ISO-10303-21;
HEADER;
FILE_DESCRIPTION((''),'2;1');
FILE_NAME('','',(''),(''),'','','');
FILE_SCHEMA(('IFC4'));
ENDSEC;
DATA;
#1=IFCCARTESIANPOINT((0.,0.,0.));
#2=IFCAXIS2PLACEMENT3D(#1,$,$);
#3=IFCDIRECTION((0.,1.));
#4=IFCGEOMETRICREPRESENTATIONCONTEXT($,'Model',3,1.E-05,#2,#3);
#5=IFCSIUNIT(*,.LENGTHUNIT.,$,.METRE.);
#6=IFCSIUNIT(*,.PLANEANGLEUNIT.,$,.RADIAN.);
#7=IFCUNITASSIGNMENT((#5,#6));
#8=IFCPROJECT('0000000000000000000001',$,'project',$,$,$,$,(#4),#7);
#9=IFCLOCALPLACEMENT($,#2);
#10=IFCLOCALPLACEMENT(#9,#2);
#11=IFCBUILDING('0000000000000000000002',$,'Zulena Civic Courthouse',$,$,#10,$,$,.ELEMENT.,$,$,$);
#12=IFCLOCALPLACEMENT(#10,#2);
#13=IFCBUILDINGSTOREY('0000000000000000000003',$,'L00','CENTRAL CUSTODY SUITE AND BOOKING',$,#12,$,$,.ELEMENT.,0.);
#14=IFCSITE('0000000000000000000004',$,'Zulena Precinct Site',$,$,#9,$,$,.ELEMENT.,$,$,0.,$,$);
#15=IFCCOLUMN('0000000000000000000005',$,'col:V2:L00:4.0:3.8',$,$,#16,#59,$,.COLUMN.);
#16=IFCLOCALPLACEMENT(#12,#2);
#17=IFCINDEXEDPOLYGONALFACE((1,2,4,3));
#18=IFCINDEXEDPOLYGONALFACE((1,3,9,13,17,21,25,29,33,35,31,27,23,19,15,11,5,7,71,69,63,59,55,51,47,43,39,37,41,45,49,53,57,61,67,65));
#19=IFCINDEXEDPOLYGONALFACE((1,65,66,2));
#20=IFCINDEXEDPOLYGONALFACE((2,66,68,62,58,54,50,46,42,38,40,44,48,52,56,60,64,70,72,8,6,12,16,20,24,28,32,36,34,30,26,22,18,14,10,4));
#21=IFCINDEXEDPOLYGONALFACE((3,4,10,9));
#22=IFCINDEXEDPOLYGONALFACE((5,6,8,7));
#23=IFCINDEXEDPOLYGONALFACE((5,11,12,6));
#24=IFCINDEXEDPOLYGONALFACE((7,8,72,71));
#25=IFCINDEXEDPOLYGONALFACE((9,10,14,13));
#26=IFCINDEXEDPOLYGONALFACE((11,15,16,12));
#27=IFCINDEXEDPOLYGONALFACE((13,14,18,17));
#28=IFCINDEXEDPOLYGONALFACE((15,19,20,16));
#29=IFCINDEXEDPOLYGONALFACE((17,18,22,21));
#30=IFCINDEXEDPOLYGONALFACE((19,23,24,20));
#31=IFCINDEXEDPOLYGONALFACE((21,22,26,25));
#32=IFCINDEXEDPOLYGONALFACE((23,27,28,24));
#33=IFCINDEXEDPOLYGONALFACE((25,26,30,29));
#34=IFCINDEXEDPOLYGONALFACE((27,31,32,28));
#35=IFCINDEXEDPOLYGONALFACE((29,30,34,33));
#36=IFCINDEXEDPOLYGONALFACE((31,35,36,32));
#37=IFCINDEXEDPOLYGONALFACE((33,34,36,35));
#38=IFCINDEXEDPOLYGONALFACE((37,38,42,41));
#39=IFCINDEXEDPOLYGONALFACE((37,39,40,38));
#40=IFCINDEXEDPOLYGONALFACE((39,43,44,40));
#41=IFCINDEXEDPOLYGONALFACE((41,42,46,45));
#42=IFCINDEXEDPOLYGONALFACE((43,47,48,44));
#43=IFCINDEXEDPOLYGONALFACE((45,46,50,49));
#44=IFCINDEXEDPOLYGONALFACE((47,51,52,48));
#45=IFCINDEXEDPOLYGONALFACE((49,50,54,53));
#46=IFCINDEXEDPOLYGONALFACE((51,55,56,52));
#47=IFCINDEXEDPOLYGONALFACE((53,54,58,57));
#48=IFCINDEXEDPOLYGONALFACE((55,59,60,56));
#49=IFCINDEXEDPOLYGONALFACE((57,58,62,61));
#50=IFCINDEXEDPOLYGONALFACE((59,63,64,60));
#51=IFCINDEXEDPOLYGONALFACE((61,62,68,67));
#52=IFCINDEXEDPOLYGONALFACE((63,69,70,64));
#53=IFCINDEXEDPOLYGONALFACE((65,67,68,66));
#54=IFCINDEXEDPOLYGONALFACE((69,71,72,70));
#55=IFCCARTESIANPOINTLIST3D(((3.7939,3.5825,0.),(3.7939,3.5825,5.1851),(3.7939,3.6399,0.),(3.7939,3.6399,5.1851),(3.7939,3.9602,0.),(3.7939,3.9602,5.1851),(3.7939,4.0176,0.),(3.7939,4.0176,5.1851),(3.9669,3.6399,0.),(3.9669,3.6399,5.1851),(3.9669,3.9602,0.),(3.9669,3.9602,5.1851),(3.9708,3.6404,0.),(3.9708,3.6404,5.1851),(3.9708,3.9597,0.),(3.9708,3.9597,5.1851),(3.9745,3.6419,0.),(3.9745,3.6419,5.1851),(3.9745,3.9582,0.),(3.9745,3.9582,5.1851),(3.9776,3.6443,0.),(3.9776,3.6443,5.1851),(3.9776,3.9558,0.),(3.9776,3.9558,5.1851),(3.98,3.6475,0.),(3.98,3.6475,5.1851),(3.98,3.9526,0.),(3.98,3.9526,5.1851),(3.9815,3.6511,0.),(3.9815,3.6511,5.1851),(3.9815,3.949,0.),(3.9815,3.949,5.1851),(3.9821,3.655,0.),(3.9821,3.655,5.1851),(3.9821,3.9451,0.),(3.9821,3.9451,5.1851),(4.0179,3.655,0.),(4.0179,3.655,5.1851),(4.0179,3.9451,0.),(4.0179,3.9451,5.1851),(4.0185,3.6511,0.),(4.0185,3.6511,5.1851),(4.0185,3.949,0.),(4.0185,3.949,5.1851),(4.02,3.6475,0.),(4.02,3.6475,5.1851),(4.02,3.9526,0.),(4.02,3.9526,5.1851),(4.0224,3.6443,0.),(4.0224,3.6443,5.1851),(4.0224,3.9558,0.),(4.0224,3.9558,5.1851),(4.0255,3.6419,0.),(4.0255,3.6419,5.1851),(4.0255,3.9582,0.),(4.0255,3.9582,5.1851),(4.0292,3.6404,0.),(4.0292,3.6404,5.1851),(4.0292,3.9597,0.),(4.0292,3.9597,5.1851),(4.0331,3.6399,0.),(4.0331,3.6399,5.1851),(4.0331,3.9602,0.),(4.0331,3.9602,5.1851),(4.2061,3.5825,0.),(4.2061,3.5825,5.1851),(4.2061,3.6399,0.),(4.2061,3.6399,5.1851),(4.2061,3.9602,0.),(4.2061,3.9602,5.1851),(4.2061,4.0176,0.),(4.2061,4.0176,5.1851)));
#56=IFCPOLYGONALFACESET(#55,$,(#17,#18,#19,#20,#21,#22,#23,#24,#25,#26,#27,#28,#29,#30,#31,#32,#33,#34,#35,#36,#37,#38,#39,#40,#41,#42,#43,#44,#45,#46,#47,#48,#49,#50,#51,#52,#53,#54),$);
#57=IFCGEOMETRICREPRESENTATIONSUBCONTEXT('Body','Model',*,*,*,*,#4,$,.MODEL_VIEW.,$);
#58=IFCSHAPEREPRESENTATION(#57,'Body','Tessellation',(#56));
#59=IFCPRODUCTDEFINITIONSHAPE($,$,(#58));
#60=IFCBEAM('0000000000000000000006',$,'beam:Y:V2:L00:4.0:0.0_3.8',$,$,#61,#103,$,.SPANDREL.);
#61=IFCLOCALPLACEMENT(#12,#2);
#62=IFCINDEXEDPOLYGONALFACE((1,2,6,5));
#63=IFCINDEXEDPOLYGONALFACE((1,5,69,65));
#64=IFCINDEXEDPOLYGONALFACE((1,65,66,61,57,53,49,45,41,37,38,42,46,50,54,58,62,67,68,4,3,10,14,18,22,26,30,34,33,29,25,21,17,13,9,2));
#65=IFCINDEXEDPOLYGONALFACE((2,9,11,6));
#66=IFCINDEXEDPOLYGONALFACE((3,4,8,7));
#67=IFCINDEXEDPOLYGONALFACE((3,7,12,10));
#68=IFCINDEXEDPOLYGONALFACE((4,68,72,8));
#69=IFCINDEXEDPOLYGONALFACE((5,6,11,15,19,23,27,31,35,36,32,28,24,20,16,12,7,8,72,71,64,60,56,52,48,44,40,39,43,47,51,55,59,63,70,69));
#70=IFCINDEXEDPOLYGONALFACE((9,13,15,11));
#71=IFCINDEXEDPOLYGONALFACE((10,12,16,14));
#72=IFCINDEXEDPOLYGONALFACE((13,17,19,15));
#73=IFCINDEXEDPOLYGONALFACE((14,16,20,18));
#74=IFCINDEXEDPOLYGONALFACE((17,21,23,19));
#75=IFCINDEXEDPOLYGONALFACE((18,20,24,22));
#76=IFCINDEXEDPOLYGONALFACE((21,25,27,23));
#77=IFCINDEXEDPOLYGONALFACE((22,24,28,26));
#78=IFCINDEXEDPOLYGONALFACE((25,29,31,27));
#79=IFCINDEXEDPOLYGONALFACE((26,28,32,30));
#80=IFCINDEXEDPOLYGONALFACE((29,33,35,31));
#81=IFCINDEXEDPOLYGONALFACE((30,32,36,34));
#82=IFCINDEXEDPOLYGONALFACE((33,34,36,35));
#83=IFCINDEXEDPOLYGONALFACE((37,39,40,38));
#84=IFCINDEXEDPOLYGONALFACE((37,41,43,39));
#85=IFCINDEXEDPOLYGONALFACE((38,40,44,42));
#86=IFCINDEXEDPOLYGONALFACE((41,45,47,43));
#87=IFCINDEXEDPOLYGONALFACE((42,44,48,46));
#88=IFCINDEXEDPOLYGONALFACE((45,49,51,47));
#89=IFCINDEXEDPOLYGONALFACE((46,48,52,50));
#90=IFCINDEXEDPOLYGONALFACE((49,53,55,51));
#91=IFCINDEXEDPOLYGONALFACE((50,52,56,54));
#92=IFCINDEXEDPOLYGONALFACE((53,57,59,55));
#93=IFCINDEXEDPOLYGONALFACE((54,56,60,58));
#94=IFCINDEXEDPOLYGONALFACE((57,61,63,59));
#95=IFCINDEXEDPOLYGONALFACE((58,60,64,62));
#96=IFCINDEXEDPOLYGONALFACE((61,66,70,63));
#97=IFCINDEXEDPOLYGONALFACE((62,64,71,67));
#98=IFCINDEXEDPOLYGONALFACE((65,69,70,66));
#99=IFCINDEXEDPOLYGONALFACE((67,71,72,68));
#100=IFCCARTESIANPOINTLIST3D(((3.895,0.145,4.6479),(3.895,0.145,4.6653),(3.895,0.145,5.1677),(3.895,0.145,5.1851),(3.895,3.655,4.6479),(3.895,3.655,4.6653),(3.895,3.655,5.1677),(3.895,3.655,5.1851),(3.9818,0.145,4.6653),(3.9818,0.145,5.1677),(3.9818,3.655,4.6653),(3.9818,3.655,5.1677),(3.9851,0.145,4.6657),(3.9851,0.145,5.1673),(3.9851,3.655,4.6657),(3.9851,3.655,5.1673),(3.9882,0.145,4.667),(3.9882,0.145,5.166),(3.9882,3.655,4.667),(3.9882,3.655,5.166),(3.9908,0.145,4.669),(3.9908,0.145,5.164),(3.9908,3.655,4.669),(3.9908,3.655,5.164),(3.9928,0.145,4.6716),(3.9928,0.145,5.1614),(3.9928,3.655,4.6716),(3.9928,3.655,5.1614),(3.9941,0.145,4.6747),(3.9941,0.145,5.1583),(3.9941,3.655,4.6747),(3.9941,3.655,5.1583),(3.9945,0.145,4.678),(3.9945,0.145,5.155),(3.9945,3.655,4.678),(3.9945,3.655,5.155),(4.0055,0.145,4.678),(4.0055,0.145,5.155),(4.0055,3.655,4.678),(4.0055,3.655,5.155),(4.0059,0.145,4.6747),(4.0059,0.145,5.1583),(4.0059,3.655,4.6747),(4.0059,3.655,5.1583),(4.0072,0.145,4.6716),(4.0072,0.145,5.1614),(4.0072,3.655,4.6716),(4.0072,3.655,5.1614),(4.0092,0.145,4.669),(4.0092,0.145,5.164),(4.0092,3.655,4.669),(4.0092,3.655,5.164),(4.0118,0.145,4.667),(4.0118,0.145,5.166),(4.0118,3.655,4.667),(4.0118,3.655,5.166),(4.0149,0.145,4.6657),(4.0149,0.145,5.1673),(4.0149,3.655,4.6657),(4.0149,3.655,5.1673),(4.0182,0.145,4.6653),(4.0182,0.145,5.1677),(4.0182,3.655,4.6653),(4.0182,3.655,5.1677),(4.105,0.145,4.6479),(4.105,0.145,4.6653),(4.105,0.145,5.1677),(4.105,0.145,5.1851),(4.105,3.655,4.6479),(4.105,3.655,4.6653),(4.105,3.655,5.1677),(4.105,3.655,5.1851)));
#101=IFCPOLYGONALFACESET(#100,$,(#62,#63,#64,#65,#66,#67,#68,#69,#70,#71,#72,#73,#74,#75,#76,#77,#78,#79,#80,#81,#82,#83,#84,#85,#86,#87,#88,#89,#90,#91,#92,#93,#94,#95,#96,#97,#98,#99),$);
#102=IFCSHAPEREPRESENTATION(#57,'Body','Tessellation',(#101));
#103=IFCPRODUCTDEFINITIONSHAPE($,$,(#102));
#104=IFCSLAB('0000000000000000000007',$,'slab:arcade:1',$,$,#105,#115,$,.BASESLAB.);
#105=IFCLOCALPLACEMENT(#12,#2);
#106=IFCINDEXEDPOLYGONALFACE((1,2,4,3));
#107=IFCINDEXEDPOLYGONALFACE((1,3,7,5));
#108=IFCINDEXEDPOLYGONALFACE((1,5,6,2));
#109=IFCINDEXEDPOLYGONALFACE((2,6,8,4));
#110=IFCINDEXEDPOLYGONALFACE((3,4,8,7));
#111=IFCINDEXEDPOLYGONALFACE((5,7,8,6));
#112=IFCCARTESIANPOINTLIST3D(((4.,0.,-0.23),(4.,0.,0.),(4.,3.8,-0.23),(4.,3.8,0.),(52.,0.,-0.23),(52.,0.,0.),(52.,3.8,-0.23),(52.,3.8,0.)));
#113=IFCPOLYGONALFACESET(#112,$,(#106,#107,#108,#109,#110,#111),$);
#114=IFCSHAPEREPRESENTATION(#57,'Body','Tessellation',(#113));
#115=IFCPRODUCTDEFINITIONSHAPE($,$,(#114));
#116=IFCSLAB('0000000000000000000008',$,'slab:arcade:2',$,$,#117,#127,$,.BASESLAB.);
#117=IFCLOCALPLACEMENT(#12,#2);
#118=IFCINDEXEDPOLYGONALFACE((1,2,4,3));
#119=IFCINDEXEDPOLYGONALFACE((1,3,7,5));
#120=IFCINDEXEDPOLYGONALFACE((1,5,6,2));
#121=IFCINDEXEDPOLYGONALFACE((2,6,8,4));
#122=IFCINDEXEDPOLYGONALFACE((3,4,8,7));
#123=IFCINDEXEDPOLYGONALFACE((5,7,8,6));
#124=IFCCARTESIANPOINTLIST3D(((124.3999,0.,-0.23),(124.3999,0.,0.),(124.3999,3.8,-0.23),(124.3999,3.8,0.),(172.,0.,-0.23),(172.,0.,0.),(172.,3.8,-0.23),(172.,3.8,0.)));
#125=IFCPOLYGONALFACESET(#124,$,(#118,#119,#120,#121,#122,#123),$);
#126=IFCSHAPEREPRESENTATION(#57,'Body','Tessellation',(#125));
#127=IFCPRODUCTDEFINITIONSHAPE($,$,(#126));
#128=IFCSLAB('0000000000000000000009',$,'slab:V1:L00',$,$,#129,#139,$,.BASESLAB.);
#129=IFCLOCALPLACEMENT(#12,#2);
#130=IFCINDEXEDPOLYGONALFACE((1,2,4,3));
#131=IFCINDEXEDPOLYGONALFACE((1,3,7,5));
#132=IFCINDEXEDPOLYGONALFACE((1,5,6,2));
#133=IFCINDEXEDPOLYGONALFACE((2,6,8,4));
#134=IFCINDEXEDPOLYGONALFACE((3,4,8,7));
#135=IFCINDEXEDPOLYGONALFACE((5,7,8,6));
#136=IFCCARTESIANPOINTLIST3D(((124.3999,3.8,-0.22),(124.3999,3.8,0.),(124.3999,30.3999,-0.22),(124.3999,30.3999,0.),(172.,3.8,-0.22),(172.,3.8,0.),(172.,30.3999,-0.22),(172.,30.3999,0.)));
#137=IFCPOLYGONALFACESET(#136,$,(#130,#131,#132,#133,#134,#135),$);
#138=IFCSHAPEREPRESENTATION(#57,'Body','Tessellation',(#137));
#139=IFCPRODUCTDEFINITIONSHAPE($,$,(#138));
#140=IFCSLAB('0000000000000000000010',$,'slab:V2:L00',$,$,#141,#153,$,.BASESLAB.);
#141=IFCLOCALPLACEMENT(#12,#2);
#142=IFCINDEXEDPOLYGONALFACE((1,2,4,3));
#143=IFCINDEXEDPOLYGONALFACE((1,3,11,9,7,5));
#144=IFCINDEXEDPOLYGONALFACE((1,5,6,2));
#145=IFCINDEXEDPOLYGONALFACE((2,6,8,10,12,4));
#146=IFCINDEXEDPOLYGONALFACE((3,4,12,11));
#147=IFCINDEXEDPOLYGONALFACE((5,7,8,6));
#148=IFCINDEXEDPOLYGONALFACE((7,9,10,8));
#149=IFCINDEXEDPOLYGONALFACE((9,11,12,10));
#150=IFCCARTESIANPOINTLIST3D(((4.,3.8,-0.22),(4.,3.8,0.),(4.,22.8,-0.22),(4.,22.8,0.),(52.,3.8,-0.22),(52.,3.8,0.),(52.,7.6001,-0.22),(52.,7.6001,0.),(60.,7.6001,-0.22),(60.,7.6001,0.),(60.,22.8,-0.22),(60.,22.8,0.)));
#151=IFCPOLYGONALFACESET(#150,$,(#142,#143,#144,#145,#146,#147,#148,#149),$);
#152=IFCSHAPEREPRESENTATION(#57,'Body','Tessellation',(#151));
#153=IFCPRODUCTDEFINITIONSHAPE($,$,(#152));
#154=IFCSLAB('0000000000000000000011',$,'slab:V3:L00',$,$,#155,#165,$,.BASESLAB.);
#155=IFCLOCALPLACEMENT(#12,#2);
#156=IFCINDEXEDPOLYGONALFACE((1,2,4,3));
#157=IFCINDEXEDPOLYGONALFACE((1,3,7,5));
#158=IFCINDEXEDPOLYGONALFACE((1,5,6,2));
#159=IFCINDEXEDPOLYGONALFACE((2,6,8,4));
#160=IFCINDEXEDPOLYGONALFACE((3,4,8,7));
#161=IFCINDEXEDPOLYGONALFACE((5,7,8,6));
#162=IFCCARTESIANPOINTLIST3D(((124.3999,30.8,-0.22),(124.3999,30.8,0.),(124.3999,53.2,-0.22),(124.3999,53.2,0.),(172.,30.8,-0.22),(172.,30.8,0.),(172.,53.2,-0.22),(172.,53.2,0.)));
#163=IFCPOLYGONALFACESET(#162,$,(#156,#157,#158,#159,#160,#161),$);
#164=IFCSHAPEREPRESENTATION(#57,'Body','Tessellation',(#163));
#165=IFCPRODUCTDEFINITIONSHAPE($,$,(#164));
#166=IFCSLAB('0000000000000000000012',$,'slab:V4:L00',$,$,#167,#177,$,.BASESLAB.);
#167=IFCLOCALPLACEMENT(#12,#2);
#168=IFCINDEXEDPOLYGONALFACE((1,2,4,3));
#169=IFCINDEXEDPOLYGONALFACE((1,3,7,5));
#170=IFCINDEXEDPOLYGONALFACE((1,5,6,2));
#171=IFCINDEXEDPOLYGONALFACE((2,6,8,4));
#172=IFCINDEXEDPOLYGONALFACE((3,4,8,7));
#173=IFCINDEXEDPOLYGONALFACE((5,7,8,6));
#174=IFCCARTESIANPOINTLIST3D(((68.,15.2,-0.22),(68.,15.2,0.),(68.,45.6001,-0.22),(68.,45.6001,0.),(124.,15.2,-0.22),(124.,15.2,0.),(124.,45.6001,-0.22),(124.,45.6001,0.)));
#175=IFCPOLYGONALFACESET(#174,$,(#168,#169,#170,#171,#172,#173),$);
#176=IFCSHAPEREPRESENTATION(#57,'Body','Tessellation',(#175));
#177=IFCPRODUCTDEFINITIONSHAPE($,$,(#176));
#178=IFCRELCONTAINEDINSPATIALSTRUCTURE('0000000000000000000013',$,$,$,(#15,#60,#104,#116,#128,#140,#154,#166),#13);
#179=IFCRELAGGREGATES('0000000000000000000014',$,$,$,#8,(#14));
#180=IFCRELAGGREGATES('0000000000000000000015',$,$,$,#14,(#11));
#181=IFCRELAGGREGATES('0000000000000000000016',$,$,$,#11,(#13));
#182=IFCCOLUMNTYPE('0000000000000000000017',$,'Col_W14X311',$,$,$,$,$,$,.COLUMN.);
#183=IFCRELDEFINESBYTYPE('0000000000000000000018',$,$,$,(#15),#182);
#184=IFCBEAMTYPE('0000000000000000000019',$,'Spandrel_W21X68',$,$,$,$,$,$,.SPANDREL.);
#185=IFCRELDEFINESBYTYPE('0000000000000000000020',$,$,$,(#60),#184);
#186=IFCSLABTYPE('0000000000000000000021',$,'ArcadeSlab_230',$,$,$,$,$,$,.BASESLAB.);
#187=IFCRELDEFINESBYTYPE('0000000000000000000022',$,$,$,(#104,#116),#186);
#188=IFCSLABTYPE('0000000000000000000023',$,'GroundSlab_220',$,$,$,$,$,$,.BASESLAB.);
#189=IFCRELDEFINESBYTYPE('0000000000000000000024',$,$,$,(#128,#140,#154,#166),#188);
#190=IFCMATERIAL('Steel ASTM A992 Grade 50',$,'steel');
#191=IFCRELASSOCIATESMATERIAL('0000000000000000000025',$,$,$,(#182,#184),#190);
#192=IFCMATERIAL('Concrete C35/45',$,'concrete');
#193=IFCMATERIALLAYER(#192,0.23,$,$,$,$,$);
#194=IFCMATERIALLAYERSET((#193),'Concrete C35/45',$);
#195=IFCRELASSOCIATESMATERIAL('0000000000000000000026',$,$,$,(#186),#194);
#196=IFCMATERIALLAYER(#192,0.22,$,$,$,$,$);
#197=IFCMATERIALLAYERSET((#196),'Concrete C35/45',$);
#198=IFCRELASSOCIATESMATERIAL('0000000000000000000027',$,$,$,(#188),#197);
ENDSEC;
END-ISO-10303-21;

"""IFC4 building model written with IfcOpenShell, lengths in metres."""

from ifc_helpers import new_model, si_unit, direction, frame, origin, origin_2d, place, context, subcontext, project, spatial, polyline, i_section, outline, extrude, material, layer, layer_set, material_profile, profile_set, type_object, element, save


model = new_model("IFC4")

# Units and contexts
model_context = context("Model", 3, precision=1e-05, world=origin(), true_north=direction((0.0, 1.0)))
body_context = subcontext(model_context, "Body", "Model", "MODEL_VIEW")
ifc_project = project(units=[si_unit("LENGTHUNIT", "METRE"), si_unit("PLANEANGLEUNIT", "RADIAN")], contexts=[model_context])

# Site, building, storey
site_placement = place(None, origin())
site = spatial("IfcSite", under=ifc_project, at=site_placement, Name="Zulena Precinct Site", CompositionType="ELEMENT", RefElevation=0.0)
building_placement = place(site_placement, origin())
building = spatial("IfcBuilding", under=site, at=building_placement, Name="Zulena Civic Courthouse", CompositionType="ELEMENT")
storey_placement = place(building_placement, origin())
storey = spatial("IfcBuildingStorey", under=building, at=storey_placement, Name="L00", Description="CENTRAL CUSTODY SUITE AND BOOKING", CompositionType="ELEMENT", Elevation=0.0)

# Shared definitions
ifc_material_1 = material(Name="Concrete C35/45", Category="concrete")

# Column
ifc_material_2 = material(Name="Steel ASTM A992 Grade 50", Category="steel")
ifc_material_profile_1 = material_profile(ifc_material_2, i_section(OverallWidth=0.4121, OverallDepth=0.4351, WebThickness=0.0359, FlangeThickness=0.0574, FilletRadius=0.0151, at=origin_2d()), Name="W14X311")
ifc_profile_set_1 = profile_set([ifc_material_profile_1], Name="Steel ASTM A992 Grade 50")
column_type_1 = type_object("IfcColumnType", Name="Col_W14X311", PredefinedType="COLUMN", material=ifc_profile_set_1)
column_1_placement = place(storey_placement, frame((4.0, 3.8, 0.0), z_axis=(0.0, 0.0, 1.0), x_axis=(1.0, 0.0, 0.0)))
element("IfcColumn", 1, at=column_1_placement, inside=storey, type_object=column_type_1, Name="col:V2:L00:4.0:3.8", PredefinedType="COLUMN", context=body_context, shape_type="SweptSolid", body=[
    extrude(i_section(OverallWidth=0.4121, OverallDepth=0.4351, WebThickness=0.0359, FlangeThickness=0.0574, FilletRadius=0.0151, at=origin_2d()), origin(), (0.0, 0.0, 1.0), 5.1851),
])

# Beam
ifc_material_profile_2 = material_profile(ifc_material_2, i_section(OverallWidth=0.21, OverallDepth=0.5371, WebThickness=0.011, FlangeThickness=0.0173, FilletRadius=0.0127, at=origin_2d()), Name="W21X68")
ifc_profile_set_2 = profile_set([ifc_material_profile_2], Name="Steel ASTM A992 Grade 50")
beam_type = type_object("IfcBeamType", Name="Spandrel_W21X68", PredefinedType="SPANDREL", material=ifc_profile_set_2)
beam_placement = place(storey_placement, frame((4.0, 0.145, 4.9165), z_axis=(0.0, 1.0, 0.0), x_axis=(-1.0, 0.0, 0.0)))
element("IfcBeam", 2, at=beam_placement, inside=storey, type_object=beam_type, Name="beam:Y:V2:L00:4.0:0.0_3.8", PredefinedType="SPANDREL", context=body_context, shape_type="SweptSolid", body=[
    extrude(i_section(OverallWidth=0.21, OverallDepth=0.5371, WebThickness=0.011, FlangeThickness=0.0173, FilletRadius=0.0127, at=origin_2d()), origin(), (0.0, 0.0, 1.0), 3.51),
])

# Slabs
ifc_layer_1 = layer(ifc_material_1, 0.23)
ifc_layer_set_1 = layer_set([ifc_layer_1], Name="Concrete C35/45")
slab_type_1 = type_object("IfcSlabType", Name="ArcadeSlab_230", PredefinedType="BASESLAB", material=ifc_layer_set_1)
slab_1_placement = place(storey_placement, frame((0.0, 0.0, -0.23)))
element("IfcSlab", 3, at=slab_1_placement, inside=storey, type_object=slab_type_1, Name="slab:arcade:1", PredefinedType="BASESLAB", context=body_context, shape_type="SweptSolid", body=[
    extrude(outline(polyline([(4.0, 0.0), (52.0, 0.0), (52.0, 3.8), (4.0, 3.8), (4.0, 0.0)])), origin(), (0.0, 0.0, 1.0), 0.23),
])
slab_2_placement = place(storey_placement, frame((0.0, 0.0, -0.23)))
element("IfcSlab", 4, at=slab_2_placement, inside=storey, type_object=slab_type_1, Name="slab:arcade:2", PredefinedType="BASESLAB", context=body_context, shape_type="SweptSolid", body=[
    extrude(outline(polyline([(124.3999, 0.0), (172.0, 0.0), (172.0, 3.8), (124.3999, 3.8), (124.3999, 0.0)])), origin(), (0.0, 0.0, 1.0), 0.23),
])
ifc_layer_2 = layer(ifc_material_1, 0.22)
ifc_layer_set_2 = layer_set([ifc_layer_2], Name="Concrete C35/45")
slab_type_2 = type_object("IfcSlabType", Name="GroundSlab_220", PredefinedType="BASESLAB", material=ifc_layer_set_2)
slab_3_placement = place(storey_placement, frame((0.0, 0.0, -0.22)))
element("IfcSlab", 5, at=slab_3_placement, inside=storey, type_object=slab_type_2, Name="slab:V1:L00", PredefinedType="BASESLAB", context=body_context, shape_type="SweptSolid", body=[
    extrude(outline(polyline([(124.3999, 3.8), (172.0, 3.8), (172.0, 30.3999), (124.3999, 30.3999), (124.3999, 3.8)])), origin(), (0.0, 0.0, 1.0), 0.22),
])
slab_4_placement = place(storey_placement, frame((0.0, 0.0, -0.22)))
element("IfcSlab", 6, at=slab_4_placement, inside=storey, type_object=slab_type_2, Name="slab:V2:L00", PredefinedType="BASESLAB", context=body_context, shape_type="SweptSolid", body=[
    extrude(outline(polyline([(4.0, 3.8), (52.0, 3.8), (52.0, 7.6001), (60.0, 7.6001), (60.0, 22.8), (4.0, 22.8), (4.0, 3.8)])), origin(), (0.0, 0.0, 1.0), 0.22),
])
slab_5_placement = place(storey_placement, frame((0.0, 0.0, -0.22)))
element("IfcSlab", 7, at=slab_5_placement, inside=storey, type_object=slab_type_2, Name="slab:V3:L00", PredefinedType="BASESLAB", context=body_context, shape_type="SweptSolid", body=[
    extrude(outline(polyline([(124.3999, 30.8), (172.0, 30.8), (172.0, 53.2), (124.3999, 53.2), (124.3999, 30.8)])), origin(), (0.0, 0.0, 1.0), 0.22),
])
slab_6_placement = place(storey_placement, frame((0.0, 0.0, -0.22)))
element("IfcSlab", 8, at=slab_6_placement, inside=storey, type_object=slab_type_2, Name="slab:V4:L00", PredefinedType="BASESLAB", context=body_context, shape_type="SweptSolid", body=[
    extrude(outline(polyline([(68.0, 15.2), (124.0, 15.2), (124.0, 45.6001), (68.0, 45.6001), (68.0, 15.2)])), origin(), (0.0, 0.0, 1.0), 0.22),
])

save(model, "model.ifc")
